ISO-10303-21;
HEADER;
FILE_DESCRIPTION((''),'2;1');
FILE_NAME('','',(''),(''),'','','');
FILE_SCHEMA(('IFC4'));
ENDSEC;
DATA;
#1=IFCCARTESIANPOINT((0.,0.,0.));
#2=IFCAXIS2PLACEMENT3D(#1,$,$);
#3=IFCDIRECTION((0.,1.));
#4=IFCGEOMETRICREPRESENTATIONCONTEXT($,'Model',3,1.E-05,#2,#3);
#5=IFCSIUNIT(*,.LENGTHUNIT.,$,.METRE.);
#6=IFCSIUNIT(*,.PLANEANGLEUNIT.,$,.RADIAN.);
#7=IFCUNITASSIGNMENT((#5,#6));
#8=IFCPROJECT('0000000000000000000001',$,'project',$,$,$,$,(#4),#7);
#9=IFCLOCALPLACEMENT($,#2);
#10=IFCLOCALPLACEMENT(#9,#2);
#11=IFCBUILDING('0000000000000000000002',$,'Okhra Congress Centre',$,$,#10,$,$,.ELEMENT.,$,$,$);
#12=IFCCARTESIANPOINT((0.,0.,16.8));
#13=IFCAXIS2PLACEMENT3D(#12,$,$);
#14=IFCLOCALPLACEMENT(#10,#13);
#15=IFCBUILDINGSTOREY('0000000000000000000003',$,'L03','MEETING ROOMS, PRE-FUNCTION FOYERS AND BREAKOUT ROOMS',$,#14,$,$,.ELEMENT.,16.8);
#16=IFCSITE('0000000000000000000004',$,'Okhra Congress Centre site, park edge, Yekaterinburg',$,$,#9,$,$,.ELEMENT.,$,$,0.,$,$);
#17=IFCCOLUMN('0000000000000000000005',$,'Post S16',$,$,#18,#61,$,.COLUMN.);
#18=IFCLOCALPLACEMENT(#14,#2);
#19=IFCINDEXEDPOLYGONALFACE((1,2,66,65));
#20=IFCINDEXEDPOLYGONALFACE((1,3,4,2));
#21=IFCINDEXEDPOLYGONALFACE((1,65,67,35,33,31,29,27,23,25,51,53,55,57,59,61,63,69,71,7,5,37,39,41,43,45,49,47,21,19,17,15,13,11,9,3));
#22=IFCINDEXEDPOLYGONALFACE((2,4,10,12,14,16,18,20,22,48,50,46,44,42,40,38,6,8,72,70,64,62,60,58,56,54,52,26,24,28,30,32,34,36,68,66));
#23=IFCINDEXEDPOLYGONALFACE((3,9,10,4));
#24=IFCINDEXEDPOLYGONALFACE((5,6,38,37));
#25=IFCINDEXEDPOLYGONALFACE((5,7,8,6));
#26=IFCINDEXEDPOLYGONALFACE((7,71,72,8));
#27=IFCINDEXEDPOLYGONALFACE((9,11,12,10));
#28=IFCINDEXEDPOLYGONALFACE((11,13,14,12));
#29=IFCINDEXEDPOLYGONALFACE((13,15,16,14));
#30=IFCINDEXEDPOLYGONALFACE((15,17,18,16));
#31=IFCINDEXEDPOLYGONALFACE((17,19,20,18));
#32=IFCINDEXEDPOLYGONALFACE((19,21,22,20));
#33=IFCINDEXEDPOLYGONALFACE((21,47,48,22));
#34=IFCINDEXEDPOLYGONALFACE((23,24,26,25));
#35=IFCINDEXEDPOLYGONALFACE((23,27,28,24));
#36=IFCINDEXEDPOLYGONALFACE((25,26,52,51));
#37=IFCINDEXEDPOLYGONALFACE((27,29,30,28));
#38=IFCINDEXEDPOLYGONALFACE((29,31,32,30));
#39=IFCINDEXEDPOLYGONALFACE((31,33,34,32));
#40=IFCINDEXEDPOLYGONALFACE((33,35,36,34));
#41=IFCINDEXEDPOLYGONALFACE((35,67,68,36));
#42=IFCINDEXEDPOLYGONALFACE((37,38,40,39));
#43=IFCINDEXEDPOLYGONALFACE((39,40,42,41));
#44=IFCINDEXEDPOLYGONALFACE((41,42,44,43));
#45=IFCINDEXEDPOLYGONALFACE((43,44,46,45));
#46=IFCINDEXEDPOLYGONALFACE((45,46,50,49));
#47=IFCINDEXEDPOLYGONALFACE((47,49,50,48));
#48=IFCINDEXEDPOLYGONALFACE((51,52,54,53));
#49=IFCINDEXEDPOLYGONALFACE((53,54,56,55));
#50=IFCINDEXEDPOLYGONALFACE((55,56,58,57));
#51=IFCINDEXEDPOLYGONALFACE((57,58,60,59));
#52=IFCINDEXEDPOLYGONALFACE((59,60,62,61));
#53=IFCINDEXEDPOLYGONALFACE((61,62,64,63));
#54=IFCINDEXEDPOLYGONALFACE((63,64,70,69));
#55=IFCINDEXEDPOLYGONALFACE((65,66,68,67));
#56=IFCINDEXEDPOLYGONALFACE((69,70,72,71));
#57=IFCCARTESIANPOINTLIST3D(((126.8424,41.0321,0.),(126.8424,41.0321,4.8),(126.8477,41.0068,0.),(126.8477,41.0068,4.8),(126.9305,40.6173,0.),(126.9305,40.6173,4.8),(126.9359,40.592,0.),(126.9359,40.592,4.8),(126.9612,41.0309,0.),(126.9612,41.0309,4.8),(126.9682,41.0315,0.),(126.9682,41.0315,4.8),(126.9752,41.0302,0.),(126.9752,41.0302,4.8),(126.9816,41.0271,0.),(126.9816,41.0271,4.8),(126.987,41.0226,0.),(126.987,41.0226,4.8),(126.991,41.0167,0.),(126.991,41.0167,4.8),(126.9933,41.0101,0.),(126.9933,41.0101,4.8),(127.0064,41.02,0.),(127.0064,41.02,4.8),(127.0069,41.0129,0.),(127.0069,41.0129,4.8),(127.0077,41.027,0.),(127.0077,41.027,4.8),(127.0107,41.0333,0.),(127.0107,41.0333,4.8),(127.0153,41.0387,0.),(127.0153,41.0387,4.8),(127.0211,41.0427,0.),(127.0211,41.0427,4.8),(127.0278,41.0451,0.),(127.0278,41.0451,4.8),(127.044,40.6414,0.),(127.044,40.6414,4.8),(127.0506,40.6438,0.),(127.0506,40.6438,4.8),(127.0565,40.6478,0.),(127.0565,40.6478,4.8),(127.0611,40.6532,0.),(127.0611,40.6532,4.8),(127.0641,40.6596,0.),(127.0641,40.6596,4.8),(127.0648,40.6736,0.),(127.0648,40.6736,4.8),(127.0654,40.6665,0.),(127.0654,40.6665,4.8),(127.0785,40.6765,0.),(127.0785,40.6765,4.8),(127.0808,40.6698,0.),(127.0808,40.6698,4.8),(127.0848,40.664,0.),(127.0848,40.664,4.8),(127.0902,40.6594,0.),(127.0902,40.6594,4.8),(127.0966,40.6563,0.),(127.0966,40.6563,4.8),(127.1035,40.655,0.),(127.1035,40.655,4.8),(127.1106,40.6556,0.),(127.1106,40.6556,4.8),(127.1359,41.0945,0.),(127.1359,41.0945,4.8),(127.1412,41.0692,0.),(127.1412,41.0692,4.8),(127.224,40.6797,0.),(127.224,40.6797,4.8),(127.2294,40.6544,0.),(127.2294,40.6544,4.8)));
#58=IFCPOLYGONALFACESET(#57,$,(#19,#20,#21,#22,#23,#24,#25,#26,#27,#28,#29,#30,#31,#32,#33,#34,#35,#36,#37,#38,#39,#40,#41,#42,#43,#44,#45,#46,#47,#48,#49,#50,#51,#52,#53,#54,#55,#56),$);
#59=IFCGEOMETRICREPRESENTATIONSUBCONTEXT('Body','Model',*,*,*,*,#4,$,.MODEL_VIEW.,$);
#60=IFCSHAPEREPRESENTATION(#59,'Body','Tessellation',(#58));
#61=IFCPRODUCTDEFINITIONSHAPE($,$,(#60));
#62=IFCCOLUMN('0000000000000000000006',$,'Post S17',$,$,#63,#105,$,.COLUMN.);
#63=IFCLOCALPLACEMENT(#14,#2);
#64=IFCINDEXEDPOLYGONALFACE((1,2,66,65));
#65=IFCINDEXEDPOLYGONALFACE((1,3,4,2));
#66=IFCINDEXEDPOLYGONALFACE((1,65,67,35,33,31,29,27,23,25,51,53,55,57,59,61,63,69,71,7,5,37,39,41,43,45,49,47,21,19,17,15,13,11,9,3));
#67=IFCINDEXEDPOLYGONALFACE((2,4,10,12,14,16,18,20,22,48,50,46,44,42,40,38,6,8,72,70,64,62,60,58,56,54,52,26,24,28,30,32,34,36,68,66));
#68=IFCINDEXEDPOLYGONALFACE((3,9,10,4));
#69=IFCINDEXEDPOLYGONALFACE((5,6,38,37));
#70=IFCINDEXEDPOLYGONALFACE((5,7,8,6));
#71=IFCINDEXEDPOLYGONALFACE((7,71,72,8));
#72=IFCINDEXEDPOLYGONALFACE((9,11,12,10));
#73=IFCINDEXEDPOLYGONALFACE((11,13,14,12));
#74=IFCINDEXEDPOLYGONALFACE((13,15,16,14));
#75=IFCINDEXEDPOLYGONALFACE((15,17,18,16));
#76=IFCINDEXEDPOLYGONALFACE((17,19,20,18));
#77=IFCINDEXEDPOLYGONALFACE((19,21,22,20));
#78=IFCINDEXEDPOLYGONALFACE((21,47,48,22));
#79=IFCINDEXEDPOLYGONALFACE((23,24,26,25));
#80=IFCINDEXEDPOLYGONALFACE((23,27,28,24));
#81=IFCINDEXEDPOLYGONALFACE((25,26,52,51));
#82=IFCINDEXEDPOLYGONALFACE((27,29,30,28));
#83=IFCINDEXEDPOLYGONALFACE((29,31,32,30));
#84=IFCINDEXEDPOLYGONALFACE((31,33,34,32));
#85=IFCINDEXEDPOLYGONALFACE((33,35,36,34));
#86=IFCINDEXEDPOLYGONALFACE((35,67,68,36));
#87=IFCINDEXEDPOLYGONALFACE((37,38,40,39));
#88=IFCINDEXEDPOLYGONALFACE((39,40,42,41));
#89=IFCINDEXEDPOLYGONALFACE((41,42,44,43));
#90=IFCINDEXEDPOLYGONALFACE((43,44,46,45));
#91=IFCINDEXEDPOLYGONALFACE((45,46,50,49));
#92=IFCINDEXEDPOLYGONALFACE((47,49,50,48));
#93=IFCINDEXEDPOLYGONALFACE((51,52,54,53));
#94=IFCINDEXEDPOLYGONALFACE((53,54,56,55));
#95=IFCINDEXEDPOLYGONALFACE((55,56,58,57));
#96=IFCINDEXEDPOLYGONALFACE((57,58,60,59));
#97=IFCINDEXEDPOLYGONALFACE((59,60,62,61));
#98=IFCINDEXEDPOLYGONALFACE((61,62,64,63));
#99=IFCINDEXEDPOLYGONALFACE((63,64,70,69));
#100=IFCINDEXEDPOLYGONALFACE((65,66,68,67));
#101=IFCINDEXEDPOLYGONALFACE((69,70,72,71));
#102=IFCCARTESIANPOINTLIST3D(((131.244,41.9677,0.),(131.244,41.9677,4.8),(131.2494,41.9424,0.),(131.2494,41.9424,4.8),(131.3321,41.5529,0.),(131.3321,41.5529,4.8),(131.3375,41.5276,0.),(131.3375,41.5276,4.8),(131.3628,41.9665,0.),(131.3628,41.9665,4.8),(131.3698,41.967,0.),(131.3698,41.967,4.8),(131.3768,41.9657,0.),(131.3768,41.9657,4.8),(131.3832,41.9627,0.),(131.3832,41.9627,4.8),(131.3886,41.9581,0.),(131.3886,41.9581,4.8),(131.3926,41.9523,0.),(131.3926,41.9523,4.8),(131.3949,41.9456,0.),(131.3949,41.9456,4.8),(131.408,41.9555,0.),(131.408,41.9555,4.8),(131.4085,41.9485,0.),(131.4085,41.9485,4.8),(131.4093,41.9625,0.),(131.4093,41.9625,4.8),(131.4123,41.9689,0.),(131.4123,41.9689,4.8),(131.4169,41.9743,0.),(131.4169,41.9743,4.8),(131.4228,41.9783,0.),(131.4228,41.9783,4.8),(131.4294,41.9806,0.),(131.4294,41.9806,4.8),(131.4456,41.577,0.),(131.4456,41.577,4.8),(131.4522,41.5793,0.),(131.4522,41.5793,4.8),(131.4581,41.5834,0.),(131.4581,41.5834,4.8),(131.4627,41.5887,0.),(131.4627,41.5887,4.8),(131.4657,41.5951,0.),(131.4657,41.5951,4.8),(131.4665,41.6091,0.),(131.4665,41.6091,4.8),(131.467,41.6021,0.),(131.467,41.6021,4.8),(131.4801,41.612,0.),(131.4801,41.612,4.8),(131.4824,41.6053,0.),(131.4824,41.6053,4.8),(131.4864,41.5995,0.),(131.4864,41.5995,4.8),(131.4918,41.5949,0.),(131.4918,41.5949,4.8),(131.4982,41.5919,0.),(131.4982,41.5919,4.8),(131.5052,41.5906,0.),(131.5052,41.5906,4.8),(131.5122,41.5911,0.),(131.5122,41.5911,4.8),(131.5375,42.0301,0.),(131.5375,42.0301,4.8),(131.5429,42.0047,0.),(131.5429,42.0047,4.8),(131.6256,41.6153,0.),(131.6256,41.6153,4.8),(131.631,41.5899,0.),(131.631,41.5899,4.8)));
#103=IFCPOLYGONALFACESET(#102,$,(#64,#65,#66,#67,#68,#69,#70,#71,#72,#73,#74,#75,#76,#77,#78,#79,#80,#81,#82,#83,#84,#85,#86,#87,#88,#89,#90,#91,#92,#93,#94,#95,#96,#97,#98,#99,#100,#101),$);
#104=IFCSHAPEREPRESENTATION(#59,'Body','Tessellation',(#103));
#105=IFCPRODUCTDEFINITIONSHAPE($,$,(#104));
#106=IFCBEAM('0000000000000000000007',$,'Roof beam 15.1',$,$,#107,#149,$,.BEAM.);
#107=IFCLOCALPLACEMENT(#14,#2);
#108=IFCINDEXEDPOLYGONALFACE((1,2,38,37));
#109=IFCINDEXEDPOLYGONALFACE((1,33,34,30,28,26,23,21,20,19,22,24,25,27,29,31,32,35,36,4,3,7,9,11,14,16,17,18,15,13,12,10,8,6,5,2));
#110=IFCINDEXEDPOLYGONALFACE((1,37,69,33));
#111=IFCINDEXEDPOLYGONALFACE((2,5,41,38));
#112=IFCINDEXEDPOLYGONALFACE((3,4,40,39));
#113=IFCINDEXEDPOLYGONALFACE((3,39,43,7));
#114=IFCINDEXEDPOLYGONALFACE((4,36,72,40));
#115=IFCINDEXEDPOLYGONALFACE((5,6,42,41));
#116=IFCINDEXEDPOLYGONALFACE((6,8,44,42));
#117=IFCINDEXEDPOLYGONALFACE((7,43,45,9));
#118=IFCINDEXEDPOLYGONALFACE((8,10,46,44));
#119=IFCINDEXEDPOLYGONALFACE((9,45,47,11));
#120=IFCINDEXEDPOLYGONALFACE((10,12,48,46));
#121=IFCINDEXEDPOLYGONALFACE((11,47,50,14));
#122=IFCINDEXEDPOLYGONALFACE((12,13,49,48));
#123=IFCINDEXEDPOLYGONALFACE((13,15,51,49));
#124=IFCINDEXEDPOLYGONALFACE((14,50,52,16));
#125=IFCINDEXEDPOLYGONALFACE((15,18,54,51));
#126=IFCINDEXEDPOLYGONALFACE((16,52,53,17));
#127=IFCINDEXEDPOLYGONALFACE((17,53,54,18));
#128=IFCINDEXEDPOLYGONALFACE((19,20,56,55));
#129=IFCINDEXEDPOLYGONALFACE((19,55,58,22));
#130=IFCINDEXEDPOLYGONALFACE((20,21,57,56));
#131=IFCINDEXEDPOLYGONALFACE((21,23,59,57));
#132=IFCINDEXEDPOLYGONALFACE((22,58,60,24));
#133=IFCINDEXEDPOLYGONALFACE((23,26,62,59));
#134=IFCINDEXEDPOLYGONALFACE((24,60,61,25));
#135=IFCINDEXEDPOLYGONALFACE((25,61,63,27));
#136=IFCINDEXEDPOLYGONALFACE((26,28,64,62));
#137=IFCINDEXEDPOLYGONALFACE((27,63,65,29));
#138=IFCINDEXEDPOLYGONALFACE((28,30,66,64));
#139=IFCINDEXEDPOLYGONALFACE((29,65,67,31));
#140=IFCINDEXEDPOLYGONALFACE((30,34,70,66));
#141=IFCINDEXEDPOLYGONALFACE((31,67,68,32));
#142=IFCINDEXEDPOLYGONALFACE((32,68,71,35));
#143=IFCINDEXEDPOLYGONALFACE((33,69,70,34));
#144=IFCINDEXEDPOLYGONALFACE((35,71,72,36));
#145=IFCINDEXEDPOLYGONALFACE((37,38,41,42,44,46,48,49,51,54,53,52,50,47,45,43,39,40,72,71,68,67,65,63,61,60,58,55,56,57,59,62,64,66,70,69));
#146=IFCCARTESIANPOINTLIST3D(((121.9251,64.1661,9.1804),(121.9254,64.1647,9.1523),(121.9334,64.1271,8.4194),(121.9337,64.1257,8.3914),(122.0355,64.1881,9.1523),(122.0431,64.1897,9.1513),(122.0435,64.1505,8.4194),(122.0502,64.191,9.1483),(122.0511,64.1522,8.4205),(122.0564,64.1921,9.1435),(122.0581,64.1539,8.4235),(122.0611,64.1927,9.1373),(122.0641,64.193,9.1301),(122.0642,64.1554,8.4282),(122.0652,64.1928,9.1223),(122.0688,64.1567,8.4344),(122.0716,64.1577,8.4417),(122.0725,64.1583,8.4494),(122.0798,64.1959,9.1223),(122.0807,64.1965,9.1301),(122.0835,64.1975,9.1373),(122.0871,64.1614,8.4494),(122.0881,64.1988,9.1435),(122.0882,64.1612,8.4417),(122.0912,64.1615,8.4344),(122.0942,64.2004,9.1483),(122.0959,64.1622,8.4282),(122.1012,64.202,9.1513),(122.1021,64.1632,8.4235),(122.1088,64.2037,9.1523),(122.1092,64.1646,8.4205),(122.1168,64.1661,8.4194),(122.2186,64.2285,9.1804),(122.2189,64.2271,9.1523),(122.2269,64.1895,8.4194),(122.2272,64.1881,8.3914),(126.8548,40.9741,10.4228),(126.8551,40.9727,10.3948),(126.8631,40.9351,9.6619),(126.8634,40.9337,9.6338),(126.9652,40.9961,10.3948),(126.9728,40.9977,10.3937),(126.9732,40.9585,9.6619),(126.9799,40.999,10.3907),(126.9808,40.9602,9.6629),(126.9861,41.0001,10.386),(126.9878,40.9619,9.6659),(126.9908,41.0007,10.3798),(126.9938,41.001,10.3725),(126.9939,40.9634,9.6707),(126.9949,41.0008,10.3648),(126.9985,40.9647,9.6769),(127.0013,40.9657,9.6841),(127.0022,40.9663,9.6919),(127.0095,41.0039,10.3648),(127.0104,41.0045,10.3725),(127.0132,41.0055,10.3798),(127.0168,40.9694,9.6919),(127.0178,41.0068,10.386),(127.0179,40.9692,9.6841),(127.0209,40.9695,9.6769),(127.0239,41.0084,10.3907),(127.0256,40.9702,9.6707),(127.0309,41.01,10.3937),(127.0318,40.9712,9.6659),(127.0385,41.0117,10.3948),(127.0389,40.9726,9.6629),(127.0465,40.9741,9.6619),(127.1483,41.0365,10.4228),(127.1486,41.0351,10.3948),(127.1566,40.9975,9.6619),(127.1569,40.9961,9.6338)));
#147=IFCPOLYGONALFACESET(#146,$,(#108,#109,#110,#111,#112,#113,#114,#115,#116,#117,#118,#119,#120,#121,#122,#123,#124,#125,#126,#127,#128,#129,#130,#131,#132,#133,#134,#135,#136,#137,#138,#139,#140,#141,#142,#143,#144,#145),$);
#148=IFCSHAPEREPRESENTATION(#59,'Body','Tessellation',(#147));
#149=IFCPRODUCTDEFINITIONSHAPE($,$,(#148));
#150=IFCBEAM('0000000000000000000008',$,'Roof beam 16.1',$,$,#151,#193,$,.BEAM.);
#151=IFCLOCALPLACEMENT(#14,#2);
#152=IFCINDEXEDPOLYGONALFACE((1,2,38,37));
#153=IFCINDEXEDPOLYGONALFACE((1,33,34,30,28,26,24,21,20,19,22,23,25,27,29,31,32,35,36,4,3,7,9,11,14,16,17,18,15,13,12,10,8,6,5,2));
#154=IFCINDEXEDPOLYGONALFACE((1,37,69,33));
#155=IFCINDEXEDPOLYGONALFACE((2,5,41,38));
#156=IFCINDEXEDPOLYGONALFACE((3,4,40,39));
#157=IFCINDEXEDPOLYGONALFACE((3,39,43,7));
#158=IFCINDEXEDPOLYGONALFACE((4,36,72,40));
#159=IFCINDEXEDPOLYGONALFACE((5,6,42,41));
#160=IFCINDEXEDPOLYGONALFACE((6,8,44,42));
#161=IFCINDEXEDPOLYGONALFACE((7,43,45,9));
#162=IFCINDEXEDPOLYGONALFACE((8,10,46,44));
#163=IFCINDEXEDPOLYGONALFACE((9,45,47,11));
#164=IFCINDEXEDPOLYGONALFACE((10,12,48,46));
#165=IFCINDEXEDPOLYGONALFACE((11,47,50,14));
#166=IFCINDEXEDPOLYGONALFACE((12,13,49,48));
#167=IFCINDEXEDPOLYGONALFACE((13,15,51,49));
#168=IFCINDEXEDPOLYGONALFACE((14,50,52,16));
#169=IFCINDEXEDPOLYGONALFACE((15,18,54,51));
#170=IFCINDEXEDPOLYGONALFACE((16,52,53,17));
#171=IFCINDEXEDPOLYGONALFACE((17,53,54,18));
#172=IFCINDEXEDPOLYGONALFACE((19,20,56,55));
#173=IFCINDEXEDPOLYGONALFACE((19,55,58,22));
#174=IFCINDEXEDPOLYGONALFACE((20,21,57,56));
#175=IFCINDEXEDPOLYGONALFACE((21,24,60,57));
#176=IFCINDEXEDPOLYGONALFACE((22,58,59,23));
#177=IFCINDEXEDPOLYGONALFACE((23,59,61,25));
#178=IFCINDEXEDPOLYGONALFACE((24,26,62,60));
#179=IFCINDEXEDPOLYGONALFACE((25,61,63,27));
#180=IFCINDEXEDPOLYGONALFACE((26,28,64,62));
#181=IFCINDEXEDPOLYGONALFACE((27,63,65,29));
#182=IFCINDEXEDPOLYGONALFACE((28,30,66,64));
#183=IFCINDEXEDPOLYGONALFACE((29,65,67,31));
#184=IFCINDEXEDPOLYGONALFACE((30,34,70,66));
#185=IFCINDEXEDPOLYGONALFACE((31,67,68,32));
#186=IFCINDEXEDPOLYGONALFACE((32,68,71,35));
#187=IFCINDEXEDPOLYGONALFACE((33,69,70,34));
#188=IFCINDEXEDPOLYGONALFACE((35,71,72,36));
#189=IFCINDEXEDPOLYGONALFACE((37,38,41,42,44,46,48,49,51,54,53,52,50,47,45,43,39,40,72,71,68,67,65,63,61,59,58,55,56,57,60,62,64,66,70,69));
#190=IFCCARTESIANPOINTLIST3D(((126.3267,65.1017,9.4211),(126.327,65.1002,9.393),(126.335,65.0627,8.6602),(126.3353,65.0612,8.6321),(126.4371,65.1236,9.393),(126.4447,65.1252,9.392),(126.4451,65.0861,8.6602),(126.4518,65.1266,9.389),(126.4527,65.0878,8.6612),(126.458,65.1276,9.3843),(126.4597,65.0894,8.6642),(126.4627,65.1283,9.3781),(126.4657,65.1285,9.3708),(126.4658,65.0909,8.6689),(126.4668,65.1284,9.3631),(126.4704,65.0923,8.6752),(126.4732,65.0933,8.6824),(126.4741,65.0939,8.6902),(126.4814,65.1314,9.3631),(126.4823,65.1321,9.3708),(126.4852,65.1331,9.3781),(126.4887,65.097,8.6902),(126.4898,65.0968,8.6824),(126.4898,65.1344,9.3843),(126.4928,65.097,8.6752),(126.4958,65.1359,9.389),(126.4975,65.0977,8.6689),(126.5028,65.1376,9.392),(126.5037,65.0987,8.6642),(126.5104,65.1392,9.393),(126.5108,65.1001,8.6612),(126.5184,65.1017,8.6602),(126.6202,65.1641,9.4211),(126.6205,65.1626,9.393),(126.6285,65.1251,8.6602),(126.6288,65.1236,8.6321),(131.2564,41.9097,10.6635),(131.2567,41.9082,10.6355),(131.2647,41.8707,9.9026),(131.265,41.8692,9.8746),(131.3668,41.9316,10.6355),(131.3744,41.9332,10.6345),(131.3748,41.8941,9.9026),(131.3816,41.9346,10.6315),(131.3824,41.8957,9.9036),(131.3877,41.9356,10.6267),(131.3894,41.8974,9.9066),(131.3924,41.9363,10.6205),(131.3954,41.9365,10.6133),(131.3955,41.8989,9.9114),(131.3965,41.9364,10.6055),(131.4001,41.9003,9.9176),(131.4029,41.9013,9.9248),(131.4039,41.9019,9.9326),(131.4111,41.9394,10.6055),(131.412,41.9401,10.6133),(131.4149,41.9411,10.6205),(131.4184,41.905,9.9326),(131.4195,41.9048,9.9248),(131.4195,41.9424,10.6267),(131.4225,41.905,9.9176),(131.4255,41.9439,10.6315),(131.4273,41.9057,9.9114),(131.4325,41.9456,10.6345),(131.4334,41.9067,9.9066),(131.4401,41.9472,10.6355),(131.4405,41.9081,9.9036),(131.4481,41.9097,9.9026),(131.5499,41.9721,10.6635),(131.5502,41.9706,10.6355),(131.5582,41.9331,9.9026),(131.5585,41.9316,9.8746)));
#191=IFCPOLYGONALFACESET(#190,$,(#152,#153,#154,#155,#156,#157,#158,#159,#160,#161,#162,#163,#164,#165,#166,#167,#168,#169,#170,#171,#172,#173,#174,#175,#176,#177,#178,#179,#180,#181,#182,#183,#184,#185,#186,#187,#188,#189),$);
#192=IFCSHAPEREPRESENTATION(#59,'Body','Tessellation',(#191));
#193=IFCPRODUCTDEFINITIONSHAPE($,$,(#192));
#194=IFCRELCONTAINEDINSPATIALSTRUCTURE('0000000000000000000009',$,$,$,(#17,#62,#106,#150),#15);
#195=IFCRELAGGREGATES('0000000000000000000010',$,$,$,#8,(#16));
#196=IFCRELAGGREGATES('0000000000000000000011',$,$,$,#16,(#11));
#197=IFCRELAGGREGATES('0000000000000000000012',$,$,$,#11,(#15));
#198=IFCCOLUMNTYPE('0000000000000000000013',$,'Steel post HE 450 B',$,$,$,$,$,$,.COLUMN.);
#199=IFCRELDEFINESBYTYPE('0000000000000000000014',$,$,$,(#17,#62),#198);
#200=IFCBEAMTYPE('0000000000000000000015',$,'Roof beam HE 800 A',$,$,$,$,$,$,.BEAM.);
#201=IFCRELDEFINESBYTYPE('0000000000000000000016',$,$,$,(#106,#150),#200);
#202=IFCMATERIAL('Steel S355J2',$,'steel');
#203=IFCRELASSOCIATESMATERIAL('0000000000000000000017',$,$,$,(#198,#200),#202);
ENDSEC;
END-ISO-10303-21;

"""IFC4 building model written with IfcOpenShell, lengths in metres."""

from ifc_helpers import new_model, si_unit, direction, frame, origin, origin_2d, place, context, subcontext, project, spatial, i_section, extrude, material, material_profile, profile_set, type_object, element, save


model = new_model("IFC4")

# Units and contexts
model_context = context("Model", 3, precision=1e-05, world=origin(), true_north=direction((0.0, 1.0)))
body_context = subcontext(model_context, "Body", "Model", "MODEL_VIEW")
ifc_project = project(units=[si_unit("LENGTHUNIT", "METRE"), si_unit("PLANEANGLEUNIT", "RADIAN")], contexts=[model_context])

# Site, building, storey
site_placement = place(None, origin())
site = spatial("IfcSite", under=ifc_project, at=site_placement, Name="Okhra Congress Centre site, park edge, Yekaterinburg", CompositionType="ELEMENT", RefElevation=0.0)
building_placement = place(site_placement, origin())
building = spatial("IfcBuilding", under=site, at=building_placement, Name="Okhra Congress Centre", CompositionType="ELEMENT")
storey_placement = place(building_placement, frame((0.0, 0.0, 16.8)))
storey = spatial("IfcBuildingStorey", under=building, at=storey_placement, Name="L03", Description="MEETING ROOMS, PRE-FUNCTION FOYERS AND BREAKOUT ROOMS", CompositionType="ELEMENT", Elevation=16.8)

# Columns
ifc_material_1 = material(Name="Steel S355J2", Category="steel")
ifc_material_profile_1 = material_profile(ifc_material_1, i_section(OverallWidth=0.3, OverallDepth=0.45, WebThickness=0.0139, FlangeThickness=0.0259, FilletRadius=0.0271, at=origin_2d()), Name="HE 450 B")
ifc_profile_set_1 = profile_set([ifc_material_profile_1], Name="Steel S355J2")
column_type = type_object("IfcColumnType", Name="Steel post HE 450 B", PredefinedType="COLUMN", material=ifc_profile_set_1)
for number, where, z_axis, x_axis, name in (
    (1, (127.0359, 40.8433, 0.0), (0.0, 0.0, 1.0), (0.978148, 0.207912, 0.0), "Post S16"),
    (2, (131.4375, 41.7788, 0.0), (0.0, 0.0, 1.0), (0.978148, 0.207912, 0.0), "Post S17"),
):
    element("IfcColumn", number, at=place(storey_placement, frame(where, z_axis=z_axis, x_axis=x_axis)), inside=storey, type_object=column_type, Name=name, PredefinedType="COLUMN", context=body_context, shape_type="SweptSolid", body=[
        extrude(i_section(OverallWidth=0.3, OverallDepth=0.45, WebThickness=0.0139, FlangeThickness=0.0259, FilletRadius=0.0271, at=origin_2d()), origin(), (0.0, 0.0, 1.0), 4.8),
    ])

# Beams
ifc_material_profile_2 = material_profile(ifc_material_1, i_section(OverallWidth=0.3, OverallDepth=0.79, WebThickness=0.0149, FlangeThickness=0.0281, FilletRadius=0.03, at=origin_2d()), Name="HE 800 A")
ifc_profile_set_2 = profile_set([ifc_material_profile_2], Name="Steel S355J2")
beam_type_1 = type_object("IfcBeamType", Name="Roof beam HE 800 A", PredefinedType="BEAM", material=ifc_profile_set_2)
for number, where, z_axis, x_axis, name in (
    (3, (127.0059, 40.9851, 10.0283), (-0.207631, 0.976807, -0.052329), (-0.978147, -0.207916, 0.0), "Roof beam 15.1"),
    (4, (131.4075, 41.9207, 10.269), (-0.207631, 0.976807, -0.052329), (-0.978147, -0.207916, 0.0), "Roof beam 16.1"),
):
    element("IfcBeam", number, at=place(storey_placement, frame(where, z_axis=z_axis, x_axis=x_axis)), inside=storey, type_object=beam_type_1, Name=name, PredefinedType="BEAM", context=body_context, shape_type="SweptSolid", body=[
        extrude(i_section(OverallWidth=0.3, OverallDepth=0.79, WebThickness=0.0149, FlangeThickness=0.0281, FilletRadius=0.03, at=origin_2d()), origin(), (0.0, 0.0, 1.0), 23.7427),
    ])

save(model, "model.ifc")
